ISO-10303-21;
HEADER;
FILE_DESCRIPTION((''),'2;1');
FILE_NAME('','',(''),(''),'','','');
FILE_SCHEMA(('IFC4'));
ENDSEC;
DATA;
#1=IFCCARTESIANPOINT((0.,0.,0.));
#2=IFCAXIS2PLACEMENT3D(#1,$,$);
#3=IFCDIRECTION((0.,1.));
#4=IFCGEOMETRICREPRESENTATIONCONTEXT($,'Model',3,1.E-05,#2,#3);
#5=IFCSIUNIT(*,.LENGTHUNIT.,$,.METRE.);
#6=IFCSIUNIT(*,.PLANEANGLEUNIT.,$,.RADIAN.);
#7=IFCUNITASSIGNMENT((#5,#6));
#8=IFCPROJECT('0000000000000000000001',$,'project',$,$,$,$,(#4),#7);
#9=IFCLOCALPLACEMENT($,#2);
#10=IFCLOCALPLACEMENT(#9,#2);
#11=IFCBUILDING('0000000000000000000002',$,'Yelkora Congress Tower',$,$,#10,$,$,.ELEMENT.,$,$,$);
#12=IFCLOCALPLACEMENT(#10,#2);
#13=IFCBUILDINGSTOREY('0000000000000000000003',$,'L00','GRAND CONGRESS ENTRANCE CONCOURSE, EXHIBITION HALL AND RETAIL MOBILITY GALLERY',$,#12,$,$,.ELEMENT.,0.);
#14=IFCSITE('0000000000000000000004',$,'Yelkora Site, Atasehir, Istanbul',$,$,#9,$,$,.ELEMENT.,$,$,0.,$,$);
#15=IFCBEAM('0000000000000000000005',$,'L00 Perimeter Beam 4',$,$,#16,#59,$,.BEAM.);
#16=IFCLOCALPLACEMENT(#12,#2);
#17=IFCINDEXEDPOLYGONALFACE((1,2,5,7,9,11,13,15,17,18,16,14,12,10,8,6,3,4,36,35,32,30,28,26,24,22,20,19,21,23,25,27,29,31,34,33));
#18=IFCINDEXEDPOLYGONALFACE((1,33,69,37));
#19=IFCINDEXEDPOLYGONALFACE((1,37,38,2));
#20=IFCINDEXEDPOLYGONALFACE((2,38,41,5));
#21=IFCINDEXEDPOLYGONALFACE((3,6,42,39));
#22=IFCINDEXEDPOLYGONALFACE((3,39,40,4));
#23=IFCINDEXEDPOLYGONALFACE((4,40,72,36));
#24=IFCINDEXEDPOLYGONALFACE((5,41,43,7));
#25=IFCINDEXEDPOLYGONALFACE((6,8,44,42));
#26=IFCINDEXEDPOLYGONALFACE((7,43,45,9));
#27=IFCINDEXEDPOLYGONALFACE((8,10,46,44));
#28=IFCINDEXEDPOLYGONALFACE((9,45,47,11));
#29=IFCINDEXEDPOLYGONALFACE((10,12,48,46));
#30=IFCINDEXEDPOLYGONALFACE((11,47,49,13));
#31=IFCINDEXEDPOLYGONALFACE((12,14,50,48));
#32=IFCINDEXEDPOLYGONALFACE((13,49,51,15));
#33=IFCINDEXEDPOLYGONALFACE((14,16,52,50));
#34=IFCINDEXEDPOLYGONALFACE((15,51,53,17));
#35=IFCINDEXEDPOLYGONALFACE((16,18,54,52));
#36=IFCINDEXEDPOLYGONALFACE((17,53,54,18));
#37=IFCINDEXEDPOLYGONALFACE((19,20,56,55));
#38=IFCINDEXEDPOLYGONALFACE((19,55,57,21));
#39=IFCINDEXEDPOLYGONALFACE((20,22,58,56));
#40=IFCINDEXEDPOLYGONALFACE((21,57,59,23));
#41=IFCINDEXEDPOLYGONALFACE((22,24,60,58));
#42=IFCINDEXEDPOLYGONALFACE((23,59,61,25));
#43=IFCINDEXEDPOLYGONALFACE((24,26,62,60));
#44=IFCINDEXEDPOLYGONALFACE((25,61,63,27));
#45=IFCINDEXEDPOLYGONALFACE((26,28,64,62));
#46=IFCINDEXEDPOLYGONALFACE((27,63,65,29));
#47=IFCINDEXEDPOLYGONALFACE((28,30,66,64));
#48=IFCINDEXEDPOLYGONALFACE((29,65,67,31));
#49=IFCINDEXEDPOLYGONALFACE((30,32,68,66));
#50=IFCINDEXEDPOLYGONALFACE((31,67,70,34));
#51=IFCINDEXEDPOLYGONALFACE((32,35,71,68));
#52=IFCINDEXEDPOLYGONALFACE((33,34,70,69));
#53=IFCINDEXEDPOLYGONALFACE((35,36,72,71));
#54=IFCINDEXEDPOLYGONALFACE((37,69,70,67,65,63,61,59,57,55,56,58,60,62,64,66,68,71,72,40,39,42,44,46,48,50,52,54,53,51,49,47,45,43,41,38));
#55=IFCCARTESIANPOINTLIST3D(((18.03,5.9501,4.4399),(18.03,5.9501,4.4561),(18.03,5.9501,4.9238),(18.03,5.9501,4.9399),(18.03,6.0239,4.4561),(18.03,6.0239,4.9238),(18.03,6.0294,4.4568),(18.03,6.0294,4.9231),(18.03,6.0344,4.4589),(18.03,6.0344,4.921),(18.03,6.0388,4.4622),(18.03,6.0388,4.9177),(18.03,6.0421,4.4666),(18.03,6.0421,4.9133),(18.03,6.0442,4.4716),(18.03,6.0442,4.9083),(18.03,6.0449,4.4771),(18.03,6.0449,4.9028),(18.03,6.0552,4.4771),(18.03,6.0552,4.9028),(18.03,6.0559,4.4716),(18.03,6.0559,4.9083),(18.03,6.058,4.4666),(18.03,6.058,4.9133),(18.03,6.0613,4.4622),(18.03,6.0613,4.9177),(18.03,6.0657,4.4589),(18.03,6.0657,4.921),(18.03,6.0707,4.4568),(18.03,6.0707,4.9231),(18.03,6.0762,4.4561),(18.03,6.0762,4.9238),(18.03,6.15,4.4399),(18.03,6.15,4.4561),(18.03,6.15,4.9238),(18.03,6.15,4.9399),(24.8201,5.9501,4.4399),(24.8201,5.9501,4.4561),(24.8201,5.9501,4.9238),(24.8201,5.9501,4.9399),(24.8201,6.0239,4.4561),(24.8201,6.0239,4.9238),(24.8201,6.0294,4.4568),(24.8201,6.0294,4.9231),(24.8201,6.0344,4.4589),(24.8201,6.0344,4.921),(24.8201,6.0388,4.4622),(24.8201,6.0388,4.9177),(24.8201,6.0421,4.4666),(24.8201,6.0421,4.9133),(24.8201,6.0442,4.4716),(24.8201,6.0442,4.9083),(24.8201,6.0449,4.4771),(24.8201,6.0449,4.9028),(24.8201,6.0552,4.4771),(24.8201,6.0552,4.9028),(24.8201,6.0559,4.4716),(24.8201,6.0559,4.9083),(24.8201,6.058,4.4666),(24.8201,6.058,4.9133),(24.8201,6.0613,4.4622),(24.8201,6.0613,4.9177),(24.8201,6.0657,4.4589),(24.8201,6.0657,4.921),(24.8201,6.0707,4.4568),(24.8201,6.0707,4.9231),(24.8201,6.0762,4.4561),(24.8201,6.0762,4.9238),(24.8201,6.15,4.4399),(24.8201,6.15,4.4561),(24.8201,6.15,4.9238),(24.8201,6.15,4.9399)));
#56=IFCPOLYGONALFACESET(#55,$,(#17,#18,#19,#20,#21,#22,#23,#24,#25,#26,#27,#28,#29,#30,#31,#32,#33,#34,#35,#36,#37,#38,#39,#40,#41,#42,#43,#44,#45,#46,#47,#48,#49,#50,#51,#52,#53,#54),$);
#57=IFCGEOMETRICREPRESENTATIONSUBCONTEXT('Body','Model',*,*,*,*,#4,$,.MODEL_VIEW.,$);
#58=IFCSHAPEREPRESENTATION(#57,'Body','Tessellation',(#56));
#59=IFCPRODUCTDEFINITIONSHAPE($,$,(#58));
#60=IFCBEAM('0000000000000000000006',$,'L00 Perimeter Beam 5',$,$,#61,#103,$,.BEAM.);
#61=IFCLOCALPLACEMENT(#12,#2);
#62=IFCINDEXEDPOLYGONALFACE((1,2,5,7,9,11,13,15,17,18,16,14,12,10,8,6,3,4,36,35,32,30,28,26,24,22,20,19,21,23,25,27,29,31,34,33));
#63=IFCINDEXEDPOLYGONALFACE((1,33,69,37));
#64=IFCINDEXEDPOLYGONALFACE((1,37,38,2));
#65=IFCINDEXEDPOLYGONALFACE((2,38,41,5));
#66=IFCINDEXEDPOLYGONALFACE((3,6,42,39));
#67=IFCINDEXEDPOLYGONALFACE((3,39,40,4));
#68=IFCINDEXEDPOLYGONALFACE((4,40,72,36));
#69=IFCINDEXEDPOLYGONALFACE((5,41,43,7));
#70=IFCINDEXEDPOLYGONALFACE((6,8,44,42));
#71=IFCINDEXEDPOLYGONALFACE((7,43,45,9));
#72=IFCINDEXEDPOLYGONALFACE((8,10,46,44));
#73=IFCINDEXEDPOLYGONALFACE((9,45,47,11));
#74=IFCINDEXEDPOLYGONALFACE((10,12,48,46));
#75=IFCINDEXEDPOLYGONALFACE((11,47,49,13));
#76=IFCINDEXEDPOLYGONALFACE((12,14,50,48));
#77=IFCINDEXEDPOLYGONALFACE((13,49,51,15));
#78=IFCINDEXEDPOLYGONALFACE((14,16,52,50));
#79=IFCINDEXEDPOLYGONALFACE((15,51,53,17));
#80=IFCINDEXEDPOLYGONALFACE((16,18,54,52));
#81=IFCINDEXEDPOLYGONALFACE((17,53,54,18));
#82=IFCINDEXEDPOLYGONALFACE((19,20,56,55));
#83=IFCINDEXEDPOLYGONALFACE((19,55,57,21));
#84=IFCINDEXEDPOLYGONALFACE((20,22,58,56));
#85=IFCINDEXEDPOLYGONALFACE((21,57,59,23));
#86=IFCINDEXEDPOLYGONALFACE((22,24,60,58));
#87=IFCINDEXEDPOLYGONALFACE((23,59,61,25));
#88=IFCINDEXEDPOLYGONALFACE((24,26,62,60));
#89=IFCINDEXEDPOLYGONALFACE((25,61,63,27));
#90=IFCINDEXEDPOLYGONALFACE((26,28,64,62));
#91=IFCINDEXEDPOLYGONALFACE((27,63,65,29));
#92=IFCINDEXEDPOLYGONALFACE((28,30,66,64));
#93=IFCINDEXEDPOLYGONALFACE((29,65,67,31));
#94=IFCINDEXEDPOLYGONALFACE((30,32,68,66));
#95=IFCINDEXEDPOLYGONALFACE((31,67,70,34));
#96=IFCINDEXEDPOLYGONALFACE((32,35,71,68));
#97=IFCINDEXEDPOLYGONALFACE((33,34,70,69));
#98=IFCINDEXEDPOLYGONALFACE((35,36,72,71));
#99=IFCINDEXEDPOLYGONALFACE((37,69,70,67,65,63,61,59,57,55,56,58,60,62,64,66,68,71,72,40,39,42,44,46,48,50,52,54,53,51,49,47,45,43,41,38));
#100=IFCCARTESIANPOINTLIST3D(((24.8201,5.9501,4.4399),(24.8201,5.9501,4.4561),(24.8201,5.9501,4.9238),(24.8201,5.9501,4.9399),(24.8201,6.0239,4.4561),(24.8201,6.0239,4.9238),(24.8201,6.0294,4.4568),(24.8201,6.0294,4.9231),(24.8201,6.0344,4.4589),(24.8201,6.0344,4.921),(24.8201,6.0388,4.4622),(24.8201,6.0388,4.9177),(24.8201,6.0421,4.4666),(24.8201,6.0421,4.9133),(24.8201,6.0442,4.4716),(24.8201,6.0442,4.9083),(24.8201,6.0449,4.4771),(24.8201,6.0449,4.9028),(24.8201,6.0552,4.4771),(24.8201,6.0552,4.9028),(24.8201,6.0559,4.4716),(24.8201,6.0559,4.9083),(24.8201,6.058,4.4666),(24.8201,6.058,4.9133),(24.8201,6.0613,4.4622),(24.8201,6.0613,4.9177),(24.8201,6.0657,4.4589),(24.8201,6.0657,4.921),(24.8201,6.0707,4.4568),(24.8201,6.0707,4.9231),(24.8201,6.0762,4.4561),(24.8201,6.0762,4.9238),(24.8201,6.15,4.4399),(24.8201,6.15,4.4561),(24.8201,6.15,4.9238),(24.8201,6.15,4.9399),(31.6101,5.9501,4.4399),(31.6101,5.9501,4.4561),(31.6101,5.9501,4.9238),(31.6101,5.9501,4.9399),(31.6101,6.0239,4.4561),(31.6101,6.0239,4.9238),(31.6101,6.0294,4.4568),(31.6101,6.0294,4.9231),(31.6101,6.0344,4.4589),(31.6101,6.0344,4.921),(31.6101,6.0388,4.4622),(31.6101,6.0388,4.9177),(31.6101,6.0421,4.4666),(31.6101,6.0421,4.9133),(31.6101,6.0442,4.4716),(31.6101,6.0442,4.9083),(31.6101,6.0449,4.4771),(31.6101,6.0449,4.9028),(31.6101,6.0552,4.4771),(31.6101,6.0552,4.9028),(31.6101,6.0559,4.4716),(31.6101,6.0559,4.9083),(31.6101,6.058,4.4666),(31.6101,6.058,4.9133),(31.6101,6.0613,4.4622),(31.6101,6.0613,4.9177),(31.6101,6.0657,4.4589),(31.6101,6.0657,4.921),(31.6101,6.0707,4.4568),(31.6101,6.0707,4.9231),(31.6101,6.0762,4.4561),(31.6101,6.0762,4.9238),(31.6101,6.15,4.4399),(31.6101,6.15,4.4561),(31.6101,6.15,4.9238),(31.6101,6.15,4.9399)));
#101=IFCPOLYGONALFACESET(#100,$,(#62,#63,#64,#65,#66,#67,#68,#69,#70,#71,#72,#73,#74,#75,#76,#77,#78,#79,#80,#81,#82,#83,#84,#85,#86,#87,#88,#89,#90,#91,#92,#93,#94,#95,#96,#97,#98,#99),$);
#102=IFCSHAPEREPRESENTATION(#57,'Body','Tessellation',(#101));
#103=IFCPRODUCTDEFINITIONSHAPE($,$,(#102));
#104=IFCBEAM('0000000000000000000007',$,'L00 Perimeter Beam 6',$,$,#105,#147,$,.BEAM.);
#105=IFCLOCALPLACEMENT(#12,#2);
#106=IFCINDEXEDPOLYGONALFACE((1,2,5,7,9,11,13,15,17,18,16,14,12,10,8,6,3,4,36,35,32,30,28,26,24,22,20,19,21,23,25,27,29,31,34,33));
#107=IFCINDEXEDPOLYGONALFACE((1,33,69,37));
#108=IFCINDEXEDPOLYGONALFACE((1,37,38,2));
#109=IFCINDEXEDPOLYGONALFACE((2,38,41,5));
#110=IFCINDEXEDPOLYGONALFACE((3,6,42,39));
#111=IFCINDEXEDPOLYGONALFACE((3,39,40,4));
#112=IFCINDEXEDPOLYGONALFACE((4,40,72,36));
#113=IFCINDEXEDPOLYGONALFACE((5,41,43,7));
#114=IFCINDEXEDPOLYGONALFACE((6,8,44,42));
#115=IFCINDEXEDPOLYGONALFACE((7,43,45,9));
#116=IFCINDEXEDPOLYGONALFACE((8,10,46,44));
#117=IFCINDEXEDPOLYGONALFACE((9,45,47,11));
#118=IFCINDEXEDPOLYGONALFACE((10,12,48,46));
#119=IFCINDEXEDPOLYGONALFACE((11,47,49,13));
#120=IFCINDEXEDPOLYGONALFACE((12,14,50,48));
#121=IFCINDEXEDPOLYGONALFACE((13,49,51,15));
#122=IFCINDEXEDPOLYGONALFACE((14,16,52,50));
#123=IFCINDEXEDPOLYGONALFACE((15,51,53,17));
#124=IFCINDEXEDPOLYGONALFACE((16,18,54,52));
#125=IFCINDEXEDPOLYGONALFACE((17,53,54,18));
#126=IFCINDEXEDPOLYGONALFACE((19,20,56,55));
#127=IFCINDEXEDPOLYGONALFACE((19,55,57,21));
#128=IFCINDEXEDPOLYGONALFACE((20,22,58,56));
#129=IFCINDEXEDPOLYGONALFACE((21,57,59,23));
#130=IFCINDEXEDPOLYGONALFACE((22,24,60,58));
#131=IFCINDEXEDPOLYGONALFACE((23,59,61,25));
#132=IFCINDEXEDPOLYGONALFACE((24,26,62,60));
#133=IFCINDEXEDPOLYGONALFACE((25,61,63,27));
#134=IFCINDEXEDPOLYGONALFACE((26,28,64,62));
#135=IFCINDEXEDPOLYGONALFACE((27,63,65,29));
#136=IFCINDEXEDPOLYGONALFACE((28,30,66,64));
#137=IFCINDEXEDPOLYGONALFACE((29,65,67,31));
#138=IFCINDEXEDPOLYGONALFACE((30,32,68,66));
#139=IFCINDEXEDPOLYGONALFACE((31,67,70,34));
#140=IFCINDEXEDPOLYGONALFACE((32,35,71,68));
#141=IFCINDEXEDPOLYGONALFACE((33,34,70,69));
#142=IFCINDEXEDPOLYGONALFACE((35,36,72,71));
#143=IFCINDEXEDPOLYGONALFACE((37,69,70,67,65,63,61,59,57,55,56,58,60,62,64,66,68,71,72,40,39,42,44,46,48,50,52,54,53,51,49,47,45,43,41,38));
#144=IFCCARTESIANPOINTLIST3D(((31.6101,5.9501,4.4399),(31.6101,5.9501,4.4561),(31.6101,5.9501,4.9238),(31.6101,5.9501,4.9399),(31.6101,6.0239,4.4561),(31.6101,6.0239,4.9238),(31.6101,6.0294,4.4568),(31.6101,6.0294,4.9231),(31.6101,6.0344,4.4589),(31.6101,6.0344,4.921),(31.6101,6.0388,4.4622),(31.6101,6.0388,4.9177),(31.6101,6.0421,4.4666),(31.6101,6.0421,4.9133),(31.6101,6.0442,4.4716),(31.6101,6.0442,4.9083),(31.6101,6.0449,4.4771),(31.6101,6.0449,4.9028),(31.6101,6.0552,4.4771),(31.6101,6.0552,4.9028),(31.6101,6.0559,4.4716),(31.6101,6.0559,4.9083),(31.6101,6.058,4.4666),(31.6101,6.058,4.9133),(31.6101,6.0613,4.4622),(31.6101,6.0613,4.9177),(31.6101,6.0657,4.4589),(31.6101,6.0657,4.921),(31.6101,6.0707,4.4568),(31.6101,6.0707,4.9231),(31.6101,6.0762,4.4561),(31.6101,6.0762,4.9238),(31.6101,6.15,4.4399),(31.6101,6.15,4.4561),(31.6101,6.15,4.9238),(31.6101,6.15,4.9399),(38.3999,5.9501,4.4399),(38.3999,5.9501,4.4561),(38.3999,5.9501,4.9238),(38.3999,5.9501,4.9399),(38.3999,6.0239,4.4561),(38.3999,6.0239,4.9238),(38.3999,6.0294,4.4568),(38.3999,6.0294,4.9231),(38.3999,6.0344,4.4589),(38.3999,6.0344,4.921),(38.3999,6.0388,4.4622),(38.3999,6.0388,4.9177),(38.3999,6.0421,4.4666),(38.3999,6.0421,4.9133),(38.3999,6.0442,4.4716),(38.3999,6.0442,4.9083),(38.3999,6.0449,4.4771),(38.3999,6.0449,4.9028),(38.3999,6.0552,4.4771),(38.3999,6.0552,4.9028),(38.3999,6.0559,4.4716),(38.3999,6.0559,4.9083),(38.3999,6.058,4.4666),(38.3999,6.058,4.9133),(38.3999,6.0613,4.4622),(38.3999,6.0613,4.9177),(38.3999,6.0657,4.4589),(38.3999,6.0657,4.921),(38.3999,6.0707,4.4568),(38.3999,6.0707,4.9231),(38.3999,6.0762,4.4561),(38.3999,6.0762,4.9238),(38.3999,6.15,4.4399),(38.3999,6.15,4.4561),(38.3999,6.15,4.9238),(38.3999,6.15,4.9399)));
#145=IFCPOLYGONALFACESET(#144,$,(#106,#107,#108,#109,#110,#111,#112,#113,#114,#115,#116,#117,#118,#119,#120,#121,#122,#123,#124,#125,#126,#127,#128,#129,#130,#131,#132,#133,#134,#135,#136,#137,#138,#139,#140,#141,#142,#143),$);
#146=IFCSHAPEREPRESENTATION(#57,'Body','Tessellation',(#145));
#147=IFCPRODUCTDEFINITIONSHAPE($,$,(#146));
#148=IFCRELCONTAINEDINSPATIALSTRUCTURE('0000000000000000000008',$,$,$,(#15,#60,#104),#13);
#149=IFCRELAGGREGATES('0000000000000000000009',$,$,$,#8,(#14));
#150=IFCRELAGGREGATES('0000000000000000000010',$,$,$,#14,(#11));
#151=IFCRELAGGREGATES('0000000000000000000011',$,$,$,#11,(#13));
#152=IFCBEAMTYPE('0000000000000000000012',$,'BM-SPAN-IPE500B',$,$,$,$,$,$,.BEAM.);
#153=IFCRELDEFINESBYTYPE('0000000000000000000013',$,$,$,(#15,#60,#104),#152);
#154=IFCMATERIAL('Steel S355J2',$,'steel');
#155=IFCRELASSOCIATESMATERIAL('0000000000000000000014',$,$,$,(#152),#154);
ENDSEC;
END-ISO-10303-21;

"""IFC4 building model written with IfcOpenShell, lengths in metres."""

from ifc_helpers import new_model, si_unit, direction, frame, origin, origin_2d, place, context, subcontext, project, spatial, i_section, extrude, material, material_profile, profile_set, type_object, element, save


model = new_model("IFC4")

# Units and contexts
model_context = context("Model", 3, precision=1e-05, world=origin(), true_north=direction((0.0, 1.0)))
body_context = subcontext(model_context, "Body", "Model", "MODEL_VIEW")
ifc_project = project(units=[si_unit("LENGTHUNIT", "METRE"), si_unit("PLANEANGLEUNIT", "RADIAN")], contexts=[model_context])

# Site, building, storey
site_placement = place(None, origin())
site = spatial("IfcSite", under=ifc_project, at=site_placement, Name="Yelkora Site, Atasehir, Istanbul", CompositionType="ELEMENT", RefElevation=0.0)
building_placement = place(site_placement, origin())
building = spatial("IfcBuilding", under=site, at=building_placement, Name="Yelkora Congress Tower", CompositionType="ELEMENT")
storey_placement = place(building_placement, origin())
storey = spatial("IfcBuildingStorey", under=building, at=storey_placement, Name="L00", Description="GRAND CONGRESS ENTRANCE CONCOURSE, EXHIBITION HALL AND RETAIL MOBILITY GALLERY", CompositionType="ELEMENT", Elevation=0.0)

# Beams
ifc_material_1 = material(Name="Steel S355J2", Category="steel")
ifc_material_profile_1 = material_profile(ifc_material_1, i_section(OverallWidth=0.2, OverallDepth=0.5, WebThickness=0.0103, FlangeThickness=0.0161, FilletRadius=0.021, at=origin_2d()), Name="IPE 500")
ifc_profile_set_1 = profile_set([ifc_material_profile_1], Name="Steel S355J2")
beam_type_1 = type_object("IfcBeamType", Name="BM-SPAN-IPE500B", PredefinedType="BEAM", material=ifc_profile_set_1)
for number, where, z_axis, x_axis, name in (
    (1, (18.03, 6.05, 4.6899), (1.0, 0.0, 0.0), (0.0, 1.0, 0.0), "L00 Perimeter Beam 4"),
    (2, (24.8201, 6.05, 4.6899), (1.0, 0.0, 0.0), (0.0, 1.0, 0.0), "L00 Perimeter Beam 5"),
):
    element("IfcBeam", number, at=place(storey_placement, frame(where, z_axis=z_axis, x_axis=x_axis)), inside=storey, type_object=beam_type_1, Name=name, PredefinedType="BEAM", context=body_context, shape_type="SweptSolid", body=[
        extrude(i_section(OverallWidth=0.2, OverallDepth=0.5, WebThickness=0.0103, FlangeThickness=0.0161, FilletRadius=0.021, at=origin_2d()), origin(), (0.0, 0.0, 1.0), 6.79),
    ])
beam_1_placement = place(storey_placement, frame((31.6101, 6.05, 4.6899), z_axis=(1.0, 0.0, 0.0), x_axis=(0.0, 1.0, 0.0)))
element("IfcBeam", 3, at=beam_1_placement, inside=storey, type_object=beam_type_1, Name="L00 Perimeter Beam 6", PredefinedType="BEAM", context=body_context, shape_type="SweptSolid", body=[
    extrude(i_section(OverallWidth=0.2, OverallDepth=0.5, WebThickness=0.0103, FlangeThickness=0.0161, FilletRadius=0.021, at=origin_2d()), origin(), (0.0, 0.0, 1.0), 6.7898),
])

save(model, "model.ifc")
